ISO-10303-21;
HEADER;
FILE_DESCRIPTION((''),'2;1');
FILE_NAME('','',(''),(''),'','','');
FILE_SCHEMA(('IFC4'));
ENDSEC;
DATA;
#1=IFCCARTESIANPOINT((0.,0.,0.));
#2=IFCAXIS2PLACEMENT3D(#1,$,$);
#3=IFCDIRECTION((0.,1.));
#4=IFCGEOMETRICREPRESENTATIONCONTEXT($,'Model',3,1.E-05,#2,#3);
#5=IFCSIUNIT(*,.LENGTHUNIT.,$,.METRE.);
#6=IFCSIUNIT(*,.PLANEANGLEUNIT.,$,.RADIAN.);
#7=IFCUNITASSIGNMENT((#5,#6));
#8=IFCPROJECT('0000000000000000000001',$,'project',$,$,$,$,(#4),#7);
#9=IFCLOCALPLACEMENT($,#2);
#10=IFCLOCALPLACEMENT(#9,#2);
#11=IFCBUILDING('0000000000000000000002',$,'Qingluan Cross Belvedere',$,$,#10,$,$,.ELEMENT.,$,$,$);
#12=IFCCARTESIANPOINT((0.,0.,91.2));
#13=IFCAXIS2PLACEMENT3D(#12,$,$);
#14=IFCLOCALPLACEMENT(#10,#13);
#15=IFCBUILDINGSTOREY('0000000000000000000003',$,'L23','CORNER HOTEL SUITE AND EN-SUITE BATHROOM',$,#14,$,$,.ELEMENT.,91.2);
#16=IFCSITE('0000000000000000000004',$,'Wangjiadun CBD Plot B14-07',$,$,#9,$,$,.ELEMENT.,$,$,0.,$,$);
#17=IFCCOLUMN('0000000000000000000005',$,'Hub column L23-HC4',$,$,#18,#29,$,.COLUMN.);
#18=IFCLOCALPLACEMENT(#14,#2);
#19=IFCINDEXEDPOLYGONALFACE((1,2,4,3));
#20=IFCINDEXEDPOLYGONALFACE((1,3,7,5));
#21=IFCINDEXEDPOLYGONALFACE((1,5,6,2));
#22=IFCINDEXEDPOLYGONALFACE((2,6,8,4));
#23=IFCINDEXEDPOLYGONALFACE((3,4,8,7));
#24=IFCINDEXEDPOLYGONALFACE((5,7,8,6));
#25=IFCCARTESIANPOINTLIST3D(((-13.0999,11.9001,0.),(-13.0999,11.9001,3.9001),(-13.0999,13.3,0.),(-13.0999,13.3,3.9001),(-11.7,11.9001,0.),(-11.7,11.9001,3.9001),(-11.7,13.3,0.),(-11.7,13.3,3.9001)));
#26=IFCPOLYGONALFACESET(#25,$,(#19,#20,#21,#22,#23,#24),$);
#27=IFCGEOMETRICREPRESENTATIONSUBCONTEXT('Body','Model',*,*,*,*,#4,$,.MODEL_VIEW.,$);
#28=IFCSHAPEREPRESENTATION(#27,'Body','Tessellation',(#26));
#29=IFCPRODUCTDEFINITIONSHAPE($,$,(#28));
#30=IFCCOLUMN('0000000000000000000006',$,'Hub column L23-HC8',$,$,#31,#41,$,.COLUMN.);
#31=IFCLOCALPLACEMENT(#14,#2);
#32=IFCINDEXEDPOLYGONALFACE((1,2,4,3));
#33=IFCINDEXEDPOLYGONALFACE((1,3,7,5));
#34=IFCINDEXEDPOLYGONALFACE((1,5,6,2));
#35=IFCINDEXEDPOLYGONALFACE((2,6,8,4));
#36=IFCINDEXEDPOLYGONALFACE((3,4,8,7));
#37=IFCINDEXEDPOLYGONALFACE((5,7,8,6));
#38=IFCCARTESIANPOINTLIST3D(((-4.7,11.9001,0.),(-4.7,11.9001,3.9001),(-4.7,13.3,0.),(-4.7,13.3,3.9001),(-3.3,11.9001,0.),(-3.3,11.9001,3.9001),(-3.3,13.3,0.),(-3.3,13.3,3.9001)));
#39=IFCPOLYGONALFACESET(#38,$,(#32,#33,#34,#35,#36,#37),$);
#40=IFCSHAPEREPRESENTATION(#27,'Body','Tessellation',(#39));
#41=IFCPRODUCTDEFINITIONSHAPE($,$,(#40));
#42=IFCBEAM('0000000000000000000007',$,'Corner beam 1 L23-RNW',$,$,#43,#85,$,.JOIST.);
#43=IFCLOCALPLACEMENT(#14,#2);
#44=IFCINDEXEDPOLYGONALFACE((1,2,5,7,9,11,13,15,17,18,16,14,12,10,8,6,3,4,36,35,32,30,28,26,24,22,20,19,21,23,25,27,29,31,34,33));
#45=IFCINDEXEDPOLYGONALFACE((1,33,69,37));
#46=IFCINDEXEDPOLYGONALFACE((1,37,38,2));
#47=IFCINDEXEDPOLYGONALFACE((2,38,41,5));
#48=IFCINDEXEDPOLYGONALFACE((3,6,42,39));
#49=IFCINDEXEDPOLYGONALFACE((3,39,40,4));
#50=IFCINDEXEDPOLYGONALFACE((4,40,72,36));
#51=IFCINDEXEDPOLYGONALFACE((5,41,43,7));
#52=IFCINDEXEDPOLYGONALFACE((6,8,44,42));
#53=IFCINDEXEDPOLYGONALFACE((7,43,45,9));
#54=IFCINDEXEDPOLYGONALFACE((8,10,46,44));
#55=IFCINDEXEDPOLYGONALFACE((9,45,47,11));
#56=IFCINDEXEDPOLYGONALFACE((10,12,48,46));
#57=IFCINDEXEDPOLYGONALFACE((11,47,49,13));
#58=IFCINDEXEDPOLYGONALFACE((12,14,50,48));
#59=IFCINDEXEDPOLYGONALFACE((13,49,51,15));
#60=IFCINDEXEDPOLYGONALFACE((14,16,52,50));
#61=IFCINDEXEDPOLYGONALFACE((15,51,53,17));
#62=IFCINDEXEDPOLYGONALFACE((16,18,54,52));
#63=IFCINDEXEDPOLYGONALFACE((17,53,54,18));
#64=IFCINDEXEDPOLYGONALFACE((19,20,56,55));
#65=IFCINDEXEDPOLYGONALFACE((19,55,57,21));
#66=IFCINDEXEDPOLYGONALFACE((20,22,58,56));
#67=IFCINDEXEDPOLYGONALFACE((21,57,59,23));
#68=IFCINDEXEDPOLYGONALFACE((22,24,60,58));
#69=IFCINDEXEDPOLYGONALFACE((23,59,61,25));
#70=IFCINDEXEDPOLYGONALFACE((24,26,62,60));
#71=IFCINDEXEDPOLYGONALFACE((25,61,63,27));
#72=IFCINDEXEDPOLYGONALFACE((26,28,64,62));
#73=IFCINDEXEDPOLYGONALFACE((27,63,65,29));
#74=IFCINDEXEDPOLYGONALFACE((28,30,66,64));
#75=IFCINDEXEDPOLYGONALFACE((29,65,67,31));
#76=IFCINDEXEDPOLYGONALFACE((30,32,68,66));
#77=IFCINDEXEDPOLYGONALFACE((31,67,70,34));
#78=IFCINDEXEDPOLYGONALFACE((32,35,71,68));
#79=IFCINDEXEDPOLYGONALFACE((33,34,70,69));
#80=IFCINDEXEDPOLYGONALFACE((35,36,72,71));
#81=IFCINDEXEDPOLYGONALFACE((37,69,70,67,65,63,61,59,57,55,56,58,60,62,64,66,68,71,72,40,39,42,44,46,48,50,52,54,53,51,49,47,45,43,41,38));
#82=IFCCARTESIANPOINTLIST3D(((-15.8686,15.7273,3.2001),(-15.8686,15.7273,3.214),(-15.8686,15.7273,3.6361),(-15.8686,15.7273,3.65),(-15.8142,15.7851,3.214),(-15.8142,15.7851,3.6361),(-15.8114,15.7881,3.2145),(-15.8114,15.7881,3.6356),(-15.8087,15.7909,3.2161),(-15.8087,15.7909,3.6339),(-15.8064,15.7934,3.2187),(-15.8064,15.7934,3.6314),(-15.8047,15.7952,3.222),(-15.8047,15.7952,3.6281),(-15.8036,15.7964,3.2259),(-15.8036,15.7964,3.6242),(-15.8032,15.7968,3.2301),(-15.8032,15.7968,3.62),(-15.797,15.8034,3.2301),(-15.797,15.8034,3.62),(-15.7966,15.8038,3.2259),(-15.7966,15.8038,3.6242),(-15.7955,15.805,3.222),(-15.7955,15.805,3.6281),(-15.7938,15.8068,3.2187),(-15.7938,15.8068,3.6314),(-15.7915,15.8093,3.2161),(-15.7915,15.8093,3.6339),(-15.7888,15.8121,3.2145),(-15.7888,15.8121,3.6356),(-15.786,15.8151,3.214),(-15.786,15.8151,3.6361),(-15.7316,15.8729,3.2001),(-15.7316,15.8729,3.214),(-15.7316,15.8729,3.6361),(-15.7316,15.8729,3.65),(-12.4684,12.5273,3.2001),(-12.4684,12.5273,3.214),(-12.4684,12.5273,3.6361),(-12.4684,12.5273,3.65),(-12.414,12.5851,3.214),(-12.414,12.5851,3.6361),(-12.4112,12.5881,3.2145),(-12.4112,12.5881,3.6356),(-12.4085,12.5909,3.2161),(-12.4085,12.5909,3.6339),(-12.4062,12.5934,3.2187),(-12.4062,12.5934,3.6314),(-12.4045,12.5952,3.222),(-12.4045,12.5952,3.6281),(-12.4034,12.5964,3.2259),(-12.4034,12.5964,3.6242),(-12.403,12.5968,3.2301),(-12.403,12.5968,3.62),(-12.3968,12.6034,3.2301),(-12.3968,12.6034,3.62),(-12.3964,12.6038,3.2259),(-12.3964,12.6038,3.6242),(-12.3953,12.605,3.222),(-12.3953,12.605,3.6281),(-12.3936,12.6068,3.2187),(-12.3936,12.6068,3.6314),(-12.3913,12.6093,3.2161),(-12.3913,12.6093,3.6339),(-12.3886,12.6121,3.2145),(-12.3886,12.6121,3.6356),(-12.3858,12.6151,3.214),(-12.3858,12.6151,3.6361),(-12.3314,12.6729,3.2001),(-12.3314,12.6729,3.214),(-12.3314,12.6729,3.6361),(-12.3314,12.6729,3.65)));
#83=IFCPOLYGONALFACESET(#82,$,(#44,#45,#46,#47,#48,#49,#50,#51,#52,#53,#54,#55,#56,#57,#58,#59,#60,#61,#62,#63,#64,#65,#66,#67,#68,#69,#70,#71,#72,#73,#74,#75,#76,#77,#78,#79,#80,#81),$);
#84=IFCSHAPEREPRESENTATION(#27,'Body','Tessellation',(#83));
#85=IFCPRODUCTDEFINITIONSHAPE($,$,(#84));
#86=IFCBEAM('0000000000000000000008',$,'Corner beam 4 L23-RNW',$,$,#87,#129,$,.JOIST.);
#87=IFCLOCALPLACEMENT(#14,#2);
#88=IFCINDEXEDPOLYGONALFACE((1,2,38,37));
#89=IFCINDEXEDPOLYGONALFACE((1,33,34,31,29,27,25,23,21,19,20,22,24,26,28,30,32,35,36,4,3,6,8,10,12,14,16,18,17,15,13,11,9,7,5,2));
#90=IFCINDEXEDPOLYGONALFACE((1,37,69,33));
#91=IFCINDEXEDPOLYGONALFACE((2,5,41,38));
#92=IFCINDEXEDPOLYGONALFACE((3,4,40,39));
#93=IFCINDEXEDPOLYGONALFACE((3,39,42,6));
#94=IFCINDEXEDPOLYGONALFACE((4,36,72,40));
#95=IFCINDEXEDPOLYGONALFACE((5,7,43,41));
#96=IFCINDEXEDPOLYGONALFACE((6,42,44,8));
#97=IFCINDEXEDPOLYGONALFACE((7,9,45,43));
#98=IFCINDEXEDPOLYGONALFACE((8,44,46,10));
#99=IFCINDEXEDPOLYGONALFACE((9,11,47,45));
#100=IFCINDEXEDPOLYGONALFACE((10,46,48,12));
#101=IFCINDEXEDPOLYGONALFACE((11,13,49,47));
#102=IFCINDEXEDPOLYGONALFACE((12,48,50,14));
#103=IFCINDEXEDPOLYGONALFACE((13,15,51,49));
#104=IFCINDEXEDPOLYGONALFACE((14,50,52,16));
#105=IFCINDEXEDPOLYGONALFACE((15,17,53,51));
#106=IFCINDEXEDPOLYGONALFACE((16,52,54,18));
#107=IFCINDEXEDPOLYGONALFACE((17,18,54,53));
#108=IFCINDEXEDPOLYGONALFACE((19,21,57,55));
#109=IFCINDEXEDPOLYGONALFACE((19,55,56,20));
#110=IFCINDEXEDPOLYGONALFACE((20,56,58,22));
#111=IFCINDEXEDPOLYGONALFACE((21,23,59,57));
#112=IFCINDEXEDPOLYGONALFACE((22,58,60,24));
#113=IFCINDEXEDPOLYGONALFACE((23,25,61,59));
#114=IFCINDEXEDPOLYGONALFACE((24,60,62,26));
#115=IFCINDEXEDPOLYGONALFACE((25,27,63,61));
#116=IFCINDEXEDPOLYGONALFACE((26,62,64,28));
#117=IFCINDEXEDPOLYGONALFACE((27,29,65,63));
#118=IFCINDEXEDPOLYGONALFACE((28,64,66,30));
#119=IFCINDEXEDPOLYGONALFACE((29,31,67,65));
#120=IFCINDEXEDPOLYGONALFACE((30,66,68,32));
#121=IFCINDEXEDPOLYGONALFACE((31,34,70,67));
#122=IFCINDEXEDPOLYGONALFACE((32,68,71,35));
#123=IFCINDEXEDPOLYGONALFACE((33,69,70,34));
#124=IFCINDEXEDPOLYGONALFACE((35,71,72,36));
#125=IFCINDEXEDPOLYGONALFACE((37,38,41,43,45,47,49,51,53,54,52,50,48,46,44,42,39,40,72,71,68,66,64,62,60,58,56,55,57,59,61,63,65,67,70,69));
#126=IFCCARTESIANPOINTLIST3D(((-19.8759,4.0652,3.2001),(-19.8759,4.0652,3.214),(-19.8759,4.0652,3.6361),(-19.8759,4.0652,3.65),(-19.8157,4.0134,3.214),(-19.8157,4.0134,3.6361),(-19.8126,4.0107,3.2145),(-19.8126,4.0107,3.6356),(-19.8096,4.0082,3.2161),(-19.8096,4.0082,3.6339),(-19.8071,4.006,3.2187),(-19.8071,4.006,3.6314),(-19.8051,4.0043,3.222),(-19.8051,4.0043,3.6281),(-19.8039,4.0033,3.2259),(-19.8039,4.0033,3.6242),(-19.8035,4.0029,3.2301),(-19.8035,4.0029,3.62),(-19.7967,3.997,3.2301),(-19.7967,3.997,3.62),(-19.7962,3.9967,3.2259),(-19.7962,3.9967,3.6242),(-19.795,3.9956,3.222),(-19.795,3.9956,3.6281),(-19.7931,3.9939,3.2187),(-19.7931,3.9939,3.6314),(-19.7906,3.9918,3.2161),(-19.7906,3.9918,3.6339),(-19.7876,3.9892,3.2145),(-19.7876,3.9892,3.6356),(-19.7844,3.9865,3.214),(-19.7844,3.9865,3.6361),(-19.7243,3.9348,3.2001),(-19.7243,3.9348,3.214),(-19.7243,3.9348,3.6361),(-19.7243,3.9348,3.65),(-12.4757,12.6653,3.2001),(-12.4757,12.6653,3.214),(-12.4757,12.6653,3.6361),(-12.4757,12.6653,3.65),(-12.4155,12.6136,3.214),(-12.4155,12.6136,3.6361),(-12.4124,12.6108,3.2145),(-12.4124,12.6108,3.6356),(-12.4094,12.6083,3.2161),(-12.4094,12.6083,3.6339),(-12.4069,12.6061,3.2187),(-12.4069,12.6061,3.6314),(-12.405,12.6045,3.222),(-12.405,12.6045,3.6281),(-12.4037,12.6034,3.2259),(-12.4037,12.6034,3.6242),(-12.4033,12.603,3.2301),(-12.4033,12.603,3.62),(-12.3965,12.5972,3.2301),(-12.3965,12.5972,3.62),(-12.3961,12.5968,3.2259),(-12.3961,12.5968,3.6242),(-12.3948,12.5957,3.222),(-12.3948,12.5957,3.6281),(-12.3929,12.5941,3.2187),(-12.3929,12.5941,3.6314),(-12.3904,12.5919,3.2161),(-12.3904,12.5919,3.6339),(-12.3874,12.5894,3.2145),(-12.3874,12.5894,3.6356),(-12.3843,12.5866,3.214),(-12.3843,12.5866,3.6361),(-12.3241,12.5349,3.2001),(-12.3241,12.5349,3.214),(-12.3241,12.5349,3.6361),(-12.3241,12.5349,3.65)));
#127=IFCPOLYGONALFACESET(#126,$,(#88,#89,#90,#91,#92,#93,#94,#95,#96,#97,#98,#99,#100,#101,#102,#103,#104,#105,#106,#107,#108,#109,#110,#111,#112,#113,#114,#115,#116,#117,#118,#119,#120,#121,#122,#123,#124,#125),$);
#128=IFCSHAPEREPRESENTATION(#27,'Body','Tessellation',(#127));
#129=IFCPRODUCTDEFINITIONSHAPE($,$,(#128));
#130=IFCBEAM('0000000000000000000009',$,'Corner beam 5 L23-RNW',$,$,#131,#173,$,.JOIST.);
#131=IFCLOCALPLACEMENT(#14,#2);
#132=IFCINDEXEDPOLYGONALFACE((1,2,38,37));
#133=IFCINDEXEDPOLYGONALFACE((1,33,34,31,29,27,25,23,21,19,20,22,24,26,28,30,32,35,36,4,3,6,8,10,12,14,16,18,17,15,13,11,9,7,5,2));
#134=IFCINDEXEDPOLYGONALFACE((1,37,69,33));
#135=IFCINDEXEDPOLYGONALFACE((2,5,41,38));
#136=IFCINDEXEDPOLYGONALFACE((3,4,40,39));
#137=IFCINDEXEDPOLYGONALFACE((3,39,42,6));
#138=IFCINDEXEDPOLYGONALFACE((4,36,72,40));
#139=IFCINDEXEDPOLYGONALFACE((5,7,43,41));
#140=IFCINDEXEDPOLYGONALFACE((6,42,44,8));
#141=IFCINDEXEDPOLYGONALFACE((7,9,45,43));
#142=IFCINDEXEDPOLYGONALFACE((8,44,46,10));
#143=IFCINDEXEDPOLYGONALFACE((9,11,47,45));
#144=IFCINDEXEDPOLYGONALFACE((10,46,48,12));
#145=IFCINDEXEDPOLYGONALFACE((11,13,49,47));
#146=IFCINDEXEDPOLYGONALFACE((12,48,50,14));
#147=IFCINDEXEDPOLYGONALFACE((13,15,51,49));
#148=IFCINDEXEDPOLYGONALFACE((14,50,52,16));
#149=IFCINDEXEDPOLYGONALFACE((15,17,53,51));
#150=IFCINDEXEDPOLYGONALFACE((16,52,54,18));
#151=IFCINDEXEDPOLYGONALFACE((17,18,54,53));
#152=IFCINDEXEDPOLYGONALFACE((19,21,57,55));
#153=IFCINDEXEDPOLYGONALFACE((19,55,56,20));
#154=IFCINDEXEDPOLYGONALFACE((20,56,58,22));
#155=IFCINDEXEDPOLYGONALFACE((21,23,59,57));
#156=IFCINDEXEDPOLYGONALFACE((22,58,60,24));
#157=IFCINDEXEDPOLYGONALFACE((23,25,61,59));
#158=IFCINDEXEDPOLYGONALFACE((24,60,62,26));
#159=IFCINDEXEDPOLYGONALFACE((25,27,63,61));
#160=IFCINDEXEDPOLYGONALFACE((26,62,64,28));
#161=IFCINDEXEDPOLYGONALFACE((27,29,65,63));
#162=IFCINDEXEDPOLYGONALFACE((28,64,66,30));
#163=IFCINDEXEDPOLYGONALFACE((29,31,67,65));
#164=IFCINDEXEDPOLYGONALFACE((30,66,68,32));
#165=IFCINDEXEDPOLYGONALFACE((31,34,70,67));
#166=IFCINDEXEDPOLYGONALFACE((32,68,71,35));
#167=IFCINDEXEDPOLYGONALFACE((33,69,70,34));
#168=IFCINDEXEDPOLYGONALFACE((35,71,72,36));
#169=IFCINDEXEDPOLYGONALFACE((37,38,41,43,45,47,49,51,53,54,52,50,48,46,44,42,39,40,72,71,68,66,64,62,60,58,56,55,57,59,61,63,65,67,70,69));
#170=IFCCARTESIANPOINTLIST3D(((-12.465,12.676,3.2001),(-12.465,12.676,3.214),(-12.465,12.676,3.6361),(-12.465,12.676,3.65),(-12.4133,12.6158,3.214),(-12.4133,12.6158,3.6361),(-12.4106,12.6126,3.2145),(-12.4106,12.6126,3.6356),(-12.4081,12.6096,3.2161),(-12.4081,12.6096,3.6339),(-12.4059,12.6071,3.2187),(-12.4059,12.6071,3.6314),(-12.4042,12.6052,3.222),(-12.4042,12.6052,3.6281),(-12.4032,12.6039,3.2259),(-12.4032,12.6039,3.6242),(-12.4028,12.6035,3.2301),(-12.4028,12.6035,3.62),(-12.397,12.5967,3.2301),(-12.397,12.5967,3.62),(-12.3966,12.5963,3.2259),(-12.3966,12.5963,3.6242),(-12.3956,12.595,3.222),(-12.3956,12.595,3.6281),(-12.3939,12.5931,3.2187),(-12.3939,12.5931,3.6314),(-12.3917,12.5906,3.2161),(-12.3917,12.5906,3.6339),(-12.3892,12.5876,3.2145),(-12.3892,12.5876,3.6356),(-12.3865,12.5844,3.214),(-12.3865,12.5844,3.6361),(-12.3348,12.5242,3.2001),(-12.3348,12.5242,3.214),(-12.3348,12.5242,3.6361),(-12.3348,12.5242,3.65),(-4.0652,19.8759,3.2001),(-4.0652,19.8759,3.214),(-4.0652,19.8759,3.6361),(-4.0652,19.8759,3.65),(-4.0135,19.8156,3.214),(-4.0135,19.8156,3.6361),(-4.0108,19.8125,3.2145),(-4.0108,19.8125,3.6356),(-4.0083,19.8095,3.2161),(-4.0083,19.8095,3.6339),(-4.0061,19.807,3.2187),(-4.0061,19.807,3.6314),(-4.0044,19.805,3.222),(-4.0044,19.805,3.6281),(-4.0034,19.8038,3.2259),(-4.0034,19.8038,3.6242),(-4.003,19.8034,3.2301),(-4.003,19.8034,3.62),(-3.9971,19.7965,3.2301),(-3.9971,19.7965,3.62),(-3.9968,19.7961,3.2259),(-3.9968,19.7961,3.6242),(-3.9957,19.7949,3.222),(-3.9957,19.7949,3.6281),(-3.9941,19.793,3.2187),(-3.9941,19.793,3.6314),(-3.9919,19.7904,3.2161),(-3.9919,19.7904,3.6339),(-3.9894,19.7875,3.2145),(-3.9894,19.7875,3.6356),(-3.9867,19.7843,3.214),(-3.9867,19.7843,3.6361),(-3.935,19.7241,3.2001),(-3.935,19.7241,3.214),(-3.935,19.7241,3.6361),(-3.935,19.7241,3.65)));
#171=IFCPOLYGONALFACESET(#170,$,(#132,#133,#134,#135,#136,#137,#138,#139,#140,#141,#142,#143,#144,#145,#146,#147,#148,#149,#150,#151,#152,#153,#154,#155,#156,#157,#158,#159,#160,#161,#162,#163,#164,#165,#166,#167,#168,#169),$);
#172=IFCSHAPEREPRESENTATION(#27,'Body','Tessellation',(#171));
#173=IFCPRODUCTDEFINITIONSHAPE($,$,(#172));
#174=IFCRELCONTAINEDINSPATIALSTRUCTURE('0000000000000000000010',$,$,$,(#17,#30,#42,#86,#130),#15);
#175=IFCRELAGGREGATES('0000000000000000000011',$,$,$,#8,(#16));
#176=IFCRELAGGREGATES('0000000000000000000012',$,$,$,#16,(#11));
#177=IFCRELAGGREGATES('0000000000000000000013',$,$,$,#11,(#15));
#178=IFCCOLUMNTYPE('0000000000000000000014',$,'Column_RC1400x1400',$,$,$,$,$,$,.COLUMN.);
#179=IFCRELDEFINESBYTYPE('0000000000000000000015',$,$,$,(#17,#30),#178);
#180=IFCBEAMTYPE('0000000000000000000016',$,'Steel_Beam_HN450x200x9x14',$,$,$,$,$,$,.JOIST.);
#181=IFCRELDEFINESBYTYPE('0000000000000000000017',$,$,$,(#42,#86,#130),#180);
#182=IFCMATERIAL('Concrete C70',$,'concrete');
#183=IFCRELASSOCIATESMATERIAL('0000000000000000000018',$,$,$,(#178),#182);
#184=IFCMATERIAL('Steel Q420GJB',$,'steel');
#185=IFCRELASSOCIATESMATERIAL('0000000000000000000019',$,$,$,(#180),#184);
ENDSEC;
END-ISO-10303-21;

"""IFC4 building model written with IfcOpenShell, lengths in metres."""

from ifc_helpers import new_model, si_unit, direction, frame, origin, origin_2d, place, context, subcontext, project, spatial, rectangle, i_section, extrude, material, material_profile, profile_set, type_object, element, save


model = new_model("IFC4")

# Units and contexts
model_context = context("Model", 3, precision=1e-05, world=origin(), true_north=direction((0.0, 1.0)))
body_context = subcontext(model_context, "Body", "Model", "MODEL_VIEW")
ifc_project = project(units=[si_unit("LENGTHUNIT", "METRE"), si_unit("PLANEANGLEUNIT", "RADIAN")], contexts=[model_context])

# Site, building, storey
site_placement = place(None, origin())
site = spatial("IfcSite", under=ifc_project, at=site_placement, Name="Wangjiadun CBD Plot B14-07", CompositionType="ELEMENT", RefElevation=0.0)
building_placement = place(site_placement, origin())
building = spatial("IfcBuilding", under=site, at=building_placement, Name="Qingluan Cross Belvedere", CompositionType="ELEMENT")
storey_placement = place(building_placement, frame((0.0, 0.0, 91.2)))
storey = spatial("IfcBuildingStorey", under=building, at=storey_placement, Name="L23", Description="CORNER HOTEL SUITE AND EN-SUITE BATHROOM", CompositionType="ELEMENT", Elevation=91.2)

# Columns
ifc_material_1 = material(Name="Concrete C70", Category="concrete")
ifc_material_profile_1 = material_profile(ifc_material_1, rectangle(XDim=1.3999, YDim=1.3999, at=origin_2d()), Name="RC1400x1400")
ifc_profile_set_1 = profile_set([ifc_material_profile_1], Name="Concrete C70")
column_type = type_object("IfcColumnType", Name="Column_RC1400x1400", PredefinedType="COLUMN", material=ifc_profile_set_1)
for number, where, z_axis, x_axis, name in (
    (1, (-12.3999, 12.6001, 0.0), (0.0, 0.0, 1.0), (1.0, 0.0, 0.0), "Hub column L23-HC4"),
    (2, (-4.0, 12.6001, 0.0), (0.0, 0.0, 1.0), (1.0, 0.0, 0.0), "Hub column L23-HC8"),
):
    element("IfcColumn", number, at=place(storey_placement, frame(where, z_axis=z_axis, x_axis=x_axis)), inside=storey, type_object=column_type, Name=name, PredefinedType="COLUMN", context=body_context, shape_type="SweptSolid", body=[
        extrude(rectangle(XDim=1.3999, YDim=1.3999, at=origin_2d()), origin(), (0.0, 0.0, 1.0), 3.9001),
    ])

# Beams
ifc_material_2 = material(Name="Steel Q420GJB", Category="steel")
ifc_material_profile_2 = material_profile(ifc_material_2, i_section(OverallWidth=0.2, OverallDepth=0.45, WebThickness=0.009, FlangeThickness=0.0139, FilletRadius=0.0161, at=origin_2d()), Name="HN450x200x9x14")
ifc_profile_set_2 = profile_set([ifc_material_profile_2], Name="Steel Q420GJB")
beam_type_1 = type_object("IfcBeamType", Name="Steel_Beam_HN450x200x9x14", PredefinedType="JOIST", material=ifc_profile_set_2)
beam_1_placement = place(storey_placement, frame((-12.3999, 12.6001, 3.425), z_axis=(-0.72822, 0.685343, 0.0), x_axis=(-0.685343, -0.72822, 0.0)))
element("IfcBeam", 3, at=beam_1_placement, inside=storey, type_object=beam_type_1, Name="Corner beam 1 L23-RNW", PredefinedType="JOIST", context=body_context, shape_type="SweptSolid", body=[
    extrude(i_section(OverallWidth=0.2, OverallDepth=0.45, WebThickness=0.009, FlangeThickness=0.0139, FilletRadius=0.0161, at=origin_2d()), origin(), (0.0, 0.0, 1.0), 4.6692),
])
beam_2_placement = place(storey_placement, frame((-12.3999, 12.6001, 3.425), z_axis=(-0.652245, -0.758008, 0.0), x_axis=(0.758008, -0.652245, 0.0)))
element("IfcBeam", 4, at=beam_2_placement, inside=storey, type_object=beam_type_1, Name="Corner beam 4 L23-RNW", PredefinedType="JOIST", context=body_context, shape_type="SweptSolid", body=[
    extrude(i_section(OverallWidth=0.2, OverallDepth=0.45, WebThickness=0.009, FlangeThickness=0.0139, FilletRadius=0.0161, at=origin_2d()), origin(), (0.0, 0.0, 1.0), 11.3457),
])
beam_3_placement = place(storey_placement, frame((-12.3999, 12.6001, 3.425), z_axis=(0.759255, 0.650793, 0.0), x_axis=(-0.650793, 0.759255, 0.0)))
element("IfcBeam", 5, at=beam_3_placement, inside=storey, type_object=beam_type_1, Name="Corner beam 5 L23-RNW", PredefinedType="JOIST", context=body_context, shape_type="SweptSolid", body=[
    extrude(i_section(OverallWidth=0.2, OverallDepth=0.45, WebThickness=0.009, FlangeThickness=0.0139, FilletRadius=0.0161, at=origin_2d()), origin(), (0.0, 0.0, 1.0), 11.0632),
])

save(model, "model.ifc")
